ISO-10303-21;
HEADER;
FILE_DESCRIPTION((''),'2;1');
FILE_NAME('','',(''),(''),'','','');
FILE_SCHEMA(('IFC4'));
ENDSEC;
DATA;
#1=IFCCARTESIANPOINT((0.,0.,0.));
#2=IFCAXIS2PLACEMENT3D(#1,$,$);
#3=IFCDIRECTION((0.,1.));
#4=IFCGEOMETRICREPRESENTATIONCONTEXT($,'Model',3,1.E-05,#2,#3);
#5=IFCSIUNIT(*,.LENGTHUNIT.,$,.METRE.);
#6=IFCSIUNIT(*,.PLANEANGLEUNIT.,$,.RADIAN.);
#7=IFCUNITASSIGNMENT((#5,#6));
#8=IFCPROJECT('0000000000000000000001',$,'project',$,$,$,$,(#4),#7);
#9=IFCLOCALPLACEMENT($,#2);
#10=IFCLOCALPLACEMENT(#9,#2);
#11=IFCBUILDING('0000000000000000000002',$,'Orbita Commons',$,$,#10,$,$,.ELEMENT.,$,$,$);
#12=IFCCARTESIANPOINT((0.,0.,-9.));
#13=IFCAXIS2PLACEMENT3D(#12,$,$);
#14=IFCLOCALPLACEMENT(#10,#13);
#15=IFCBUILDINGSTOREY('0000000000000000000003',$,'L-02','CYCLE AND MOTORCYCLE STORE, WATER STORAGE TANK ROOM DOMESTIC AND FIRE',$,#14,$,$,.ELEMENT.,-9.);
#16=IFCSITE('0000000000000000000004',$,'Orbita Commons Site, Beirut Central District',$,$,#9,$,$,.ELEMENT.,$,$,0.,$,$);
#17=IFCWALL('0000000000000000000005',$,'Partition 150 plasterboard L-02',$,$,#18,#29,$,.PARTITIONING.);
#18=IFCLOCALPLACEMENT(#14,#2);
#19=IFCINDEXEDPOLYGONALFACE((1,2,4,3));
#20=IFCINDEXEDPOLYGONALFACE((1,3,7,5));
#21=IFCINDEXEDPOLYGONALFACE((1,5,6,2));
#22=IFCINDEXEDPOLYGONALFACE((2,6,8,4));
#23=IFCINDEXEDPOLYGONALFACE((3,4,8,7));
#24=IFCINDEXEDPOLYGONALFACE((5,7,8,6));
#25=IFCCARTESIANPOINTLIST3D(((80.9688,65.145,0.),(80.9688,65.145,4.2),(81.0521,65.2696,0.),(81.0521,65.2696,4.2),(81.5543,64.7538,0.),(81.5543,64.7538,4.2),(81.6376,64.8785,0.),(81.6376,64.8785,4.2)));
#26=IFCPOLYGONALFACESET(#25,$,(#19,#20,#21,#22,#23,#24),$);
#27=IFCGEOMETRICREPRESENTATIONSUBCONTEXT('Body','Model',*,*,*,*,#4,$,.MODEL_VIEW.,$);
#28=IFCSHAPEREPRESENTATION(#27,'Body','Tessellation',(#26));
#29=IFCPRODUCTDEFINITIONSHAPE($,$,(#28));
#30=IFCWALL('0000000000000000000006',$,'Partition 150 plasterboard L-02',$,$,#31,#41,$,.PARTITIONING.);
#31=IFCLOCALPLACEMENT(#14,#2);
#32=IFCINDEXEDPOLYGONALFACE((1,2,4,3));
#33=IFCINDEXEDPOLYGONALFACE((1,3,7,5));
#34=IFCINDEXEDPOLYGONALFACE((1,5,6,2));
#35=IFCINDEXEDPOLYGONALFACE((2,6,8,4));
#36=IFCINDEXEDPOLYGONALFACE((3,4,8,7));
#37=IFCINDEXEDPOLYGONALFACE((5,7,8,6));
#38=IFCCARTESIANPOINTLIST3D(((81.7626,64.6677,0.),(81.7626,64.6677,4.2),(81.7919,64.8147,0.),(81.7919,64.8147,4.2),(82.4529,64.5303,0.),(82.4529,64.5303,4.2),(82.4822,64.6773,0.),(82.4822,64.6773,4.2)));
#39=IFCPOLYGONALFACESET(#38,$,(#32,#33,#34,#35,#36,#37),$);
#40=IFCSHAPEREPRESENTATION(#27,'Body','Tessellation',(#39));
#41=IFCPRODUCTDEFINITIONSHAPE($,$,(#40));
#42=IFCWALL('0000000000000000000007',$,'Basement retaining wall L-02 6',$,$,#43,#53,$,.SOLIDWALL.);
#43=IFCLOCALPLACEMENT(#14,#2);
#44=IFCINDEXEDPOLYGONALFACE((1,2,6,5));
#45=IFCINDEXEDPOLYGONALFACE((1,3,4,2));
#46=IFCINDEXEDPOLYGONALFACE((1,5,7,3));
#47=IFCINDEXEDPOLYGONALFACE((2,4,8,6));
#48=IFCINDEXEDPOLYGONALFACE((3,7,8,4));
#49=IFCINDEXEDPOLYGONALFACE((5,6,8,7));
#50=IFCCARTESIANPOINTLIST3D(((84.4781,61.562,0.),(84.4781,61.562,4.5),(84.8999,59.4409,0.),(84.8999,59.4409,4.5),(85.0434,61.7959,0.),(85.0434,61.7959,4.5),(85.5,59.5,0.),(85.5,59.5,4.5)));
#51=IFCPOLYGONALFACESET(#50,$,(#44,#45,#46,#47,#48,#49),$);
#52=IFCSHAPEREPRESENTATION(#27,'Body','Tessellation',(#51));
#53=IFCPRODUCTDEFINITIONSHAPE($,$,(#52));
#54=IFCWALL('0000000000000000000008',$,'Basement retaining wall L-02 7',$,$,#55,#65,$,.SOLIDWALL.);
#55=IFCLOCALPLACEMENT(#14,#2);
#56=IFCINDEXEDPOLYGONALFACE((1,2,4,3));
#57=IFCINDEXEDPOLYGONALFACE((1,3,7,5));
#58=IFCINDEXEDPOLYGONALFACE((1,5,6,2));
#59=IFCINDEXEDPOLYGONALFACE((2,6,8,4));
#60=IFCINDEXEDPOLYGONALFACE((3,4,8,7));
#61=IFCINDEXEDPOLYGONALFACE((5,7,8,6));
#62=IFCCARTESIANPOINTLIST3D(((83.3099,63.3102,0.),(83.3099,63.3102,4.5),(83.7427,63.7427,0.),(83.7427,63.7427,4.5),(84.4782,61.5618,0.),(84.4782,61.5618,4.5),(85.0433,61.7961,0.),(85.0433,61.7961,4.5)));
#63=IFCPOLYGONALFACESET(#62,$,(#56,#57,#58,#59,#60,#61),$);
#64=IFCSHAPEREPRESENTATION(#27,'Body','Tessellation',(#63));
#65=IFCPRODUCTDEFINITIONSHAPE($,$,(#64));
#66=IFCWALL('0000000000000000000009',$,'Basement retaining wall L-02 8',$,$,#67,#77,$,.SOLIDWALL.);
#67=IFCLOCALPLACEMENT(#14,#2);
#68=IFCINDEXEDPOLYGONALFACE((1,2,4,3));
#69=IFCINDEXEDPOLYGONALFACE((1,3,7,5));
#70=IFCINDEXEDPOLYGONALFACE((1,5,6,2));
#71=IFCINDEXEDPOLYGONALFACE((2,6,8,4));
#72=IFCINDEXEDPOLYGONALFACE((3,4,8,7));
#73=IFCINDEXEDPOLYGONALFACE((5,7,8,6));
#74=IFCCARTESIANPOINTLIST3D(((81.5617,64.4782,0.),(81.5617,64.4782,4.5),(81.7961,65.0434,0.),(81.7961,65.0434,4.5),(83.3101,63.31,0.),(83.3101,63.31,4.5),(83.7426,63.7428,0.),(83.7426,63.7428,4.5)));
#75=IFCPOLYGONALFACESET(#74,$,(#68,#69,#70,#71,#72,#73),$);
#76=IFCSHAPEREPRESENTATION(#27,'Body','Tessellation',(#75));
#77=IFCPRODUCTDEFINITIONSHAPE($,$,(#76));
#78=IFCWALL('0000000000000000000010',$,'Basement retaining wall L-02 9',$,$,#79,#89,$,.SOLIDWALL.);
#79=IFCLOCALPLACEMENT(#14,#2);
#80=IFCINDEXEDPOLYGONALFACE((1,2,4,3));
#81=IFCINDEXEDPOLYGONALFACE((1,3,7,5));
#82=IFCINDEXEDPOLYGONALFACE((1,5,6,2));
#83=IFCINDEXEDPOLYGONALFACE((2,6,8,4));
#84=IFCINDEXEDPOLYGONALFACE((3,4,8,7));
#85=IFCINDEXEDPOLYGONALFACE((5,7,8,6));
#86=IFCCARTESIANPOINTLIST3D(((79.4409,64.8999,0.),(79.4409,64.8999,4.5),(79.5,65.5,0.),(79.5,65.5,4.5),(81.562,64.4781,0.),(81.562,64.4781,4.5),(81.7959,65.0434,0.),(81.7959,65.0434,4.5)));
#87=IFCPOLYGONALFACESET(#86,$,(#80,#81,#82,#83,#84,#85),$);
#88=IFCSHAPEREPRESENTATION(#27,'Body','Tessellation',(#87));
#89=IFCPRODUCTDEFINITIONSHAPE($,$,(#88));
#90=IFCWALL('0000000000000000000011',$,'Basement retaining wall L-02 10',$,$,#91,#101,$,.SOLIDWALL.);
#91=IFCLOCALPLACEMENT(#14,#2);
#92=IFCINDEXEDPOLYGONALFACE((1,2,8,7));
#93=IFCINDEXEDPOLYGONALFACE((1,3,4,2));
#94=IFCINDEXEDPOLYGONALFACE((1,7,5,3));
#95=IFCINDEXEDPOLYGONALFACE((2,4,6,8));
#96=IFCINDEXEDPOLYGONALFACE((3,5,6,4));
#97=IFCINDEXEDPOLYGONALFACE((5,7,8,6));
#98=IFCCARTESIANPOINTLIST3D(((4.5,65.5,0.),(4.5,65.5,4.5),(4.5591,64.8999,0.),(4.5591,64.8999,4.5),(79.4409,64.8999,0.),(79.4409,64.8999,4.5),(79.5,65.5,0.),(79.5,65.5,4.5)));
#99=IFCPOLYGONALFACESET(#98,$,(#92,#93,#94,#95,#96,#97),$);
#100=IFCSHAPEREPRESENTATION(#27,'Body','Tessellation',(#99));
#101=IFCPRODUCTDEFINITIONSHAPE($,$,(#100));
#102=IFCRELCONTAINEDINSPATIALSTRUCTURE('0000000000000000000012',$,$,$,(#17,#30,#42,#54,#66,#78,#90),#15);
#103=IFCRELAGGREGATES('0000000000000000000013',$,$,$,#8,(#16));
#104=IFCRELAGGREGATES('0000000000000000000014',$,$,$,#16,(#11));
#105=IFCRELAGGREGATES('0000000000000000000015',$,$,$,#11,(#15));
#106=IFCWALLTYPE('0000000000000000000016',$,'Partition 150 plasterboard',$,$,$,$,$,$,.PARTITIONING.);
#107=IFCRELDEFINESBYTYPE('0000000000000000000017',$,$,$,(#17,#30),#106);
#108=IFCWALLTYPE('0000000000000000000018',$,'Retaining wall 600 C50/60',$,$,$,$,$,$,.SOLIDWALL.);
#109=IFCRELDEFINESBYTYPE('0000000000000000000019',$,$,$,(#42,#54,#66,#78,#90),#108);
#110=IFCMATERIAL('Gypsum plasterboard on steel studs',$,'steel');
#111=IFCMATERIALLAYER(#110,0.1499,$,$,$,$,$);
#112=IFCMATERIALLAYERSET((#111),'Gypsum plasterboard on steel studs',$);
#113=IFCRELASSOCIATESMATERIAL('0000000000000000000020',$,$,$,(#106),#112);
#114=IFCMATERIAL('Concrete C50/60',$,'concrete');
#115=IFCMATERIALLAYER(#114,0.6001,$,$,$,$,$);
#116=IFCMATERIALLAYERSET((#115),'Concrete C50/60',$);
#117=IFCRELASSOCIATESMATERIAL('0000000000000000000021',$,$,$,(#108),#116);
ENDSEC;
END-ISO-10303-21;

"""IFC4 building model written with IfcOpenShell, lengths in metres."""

from ifc_helpers import new_model, si_unit, direction, frame, frame_2d, origin, place, context, subcontext, project, spatial, polyline, rectangle, outline, extrude, material, layer, layer_set, type_object, element, save


model = new_model("IFC4")

# Units and contexts
model_context = context("Model", 3, precision=1e-05, world=origin(), true_north=direction((0.0, 1.0)))
body_context = subcontext(model_context, "Body", "Model", "MODEL_VIEW")
ifc_project = project(units=[si_unit("LENGTHUNIT", "METRE"), si_unit("PLANEANGLEUNIT", "RADIAN")], contexts=[model_context])

# Site, building, storey
site_placement = place(None, origin())
site = spatial("IfcSite", under=ifc_project, at=site_placement, Name="Orbita Commons Site, Beirut Central District", CompositionType="ELEMENT", RefElevation=0.0)
building_placement = place(site_placement, origin())
building = spatial("IfcBuilding", under=site, at=building_placement, Name="Orbita Commons", CompositionType="ELEMENT")
storey_placement = place(building_placement, frame((0.0, 0.0, -9.0)))
storey = spatial("IfcBuildingStorey", under=building, at=storey_placement, Name="L-02", Description="CYCLE AND MOTORCYCLE STORE, WATER STORAGE TANK ROOM DOMESTIC AND FIRE", CompositionType="ELEMENT", Elevation=-9.0)

# Walls
ifc_material_1 = material(Name="Gypsum plasterboard on steel studs", Category="steel")
ifc_layer_1 = layer(ifc_material_1, 0.1499)
ifc_layer_set_1 = layer_set([ifc_layer_1], Name="Gypsum plasterboard on steel studs")
wall_type_1 = type_object("IfcWallType", Name="Partition 150 plasterboard", PredefinedType="PARTITIONING", material=ifc_layer_set_1)
wall_1_placement = place(storey_placement, frame((81.5959, 64.8162, 0.0), z_axis=(0.0, 0.0, 1.0), x_axis=(-0.831516, 0.5555, 0.0)))
element("IfcWall", 1, at=wall_1_placement, inside=storey, type_object=wall_type_1, Name="Partition 150 plasterboard L-02", PredefinedType="PARTITIONING", context=body_context, shape_type="SweptSolid", body=[
    extrude(rectangle(XDim=0.7041, YDim=0.1499, at=frame_2d((0.3521, 0.0))), origin(), (0.0, 0.0, 1.0), 4.2),
])
wall_2_placement = place(storey_placement, frame((81.7771, 64.7412, 0.0), z_axis=(0.0, 0.0, 1.0), x_axis=(0.980754, -0.195249, 0.0)))
element("IfcWall", 2, at=wall_2_placement, inside=storey, type_object=wall_type_1, Name="Partition 150 plasterboard L-02", PredefinedType="PARTITIONING", context=body_context, shape_type="SweptSolid", body=[
    extrude(rectangle(XDim=0.7039, YDim=0.1499, at=frame_2d((0.3521, 0.0))), origin(), (0.0, 0.0, 1.0), 4.2),
])
ifc_material_2 = material(Name="Concrete C50/60", Category="concrete")
ifc_layer_2 = layer(ifc_material_2, 0.6001)
ifc_layer_set_2 = layer_set([ifc_layer_2], Name="Concrete C50/60")
wall_type_2 = type_object("IfcWallType", Name="Retaining wall 600 C50/60", PredefinedType="SOLIDWALL", material=ifc_layer_set_2)
wall_3_placement = place(storey_placement, frame((85.2, 59.4705, 0.0), z_axis=(0.0, 0.0, 1.0), x_axis=(-0.195053, 0.980793, 0.0)))
element("IfcWall", 3, at=wall_3_placement, inside=storey, type_object=wall_type_2, Name="Basement retaining wall L-02 6", PredefinedType="SOLIDWALL", context=body_context, shape_type="SweptSolid", body=[
    extrude(outline(polyline([(-0.0295, -0.3), (2.3113, -0.3), (2.1921, 0.3), (0.0295, 0.3), (-0.0295, -0.3)])), origin(), (0.0, 0.0, 1.0), 4.5),
])
for number, where, z_axis, x_axis, name in (
    (4, (84.7607, 61.679, 0.0), (0.0, 0.0, 1.0), (-0.555562, 0.831475, 0.0), "Basement retaining wall L-02 7"),
    (5, (83.5264, 63.5264, 0.0), (0.0, 0.0, 1.0), (-0.831475, 0.555562, 0.0), "Basement retaining wall L-02 8"),
):
    element("IfcWall", number, at=place(storey_placement, frame(where, z_axis=z_axis, x_axis=x_axis)), inside=storey, type_object=wall_type_2, Name=name, PredefinedType="SOLIDWALL", context=body_context, shape_type="SweptSolid", body=[
        extrude(outline(polyline([(-0.0596, -0.3), (2.2815, -0.3), (2.1624, 0.3), (0.0596, 0.3), (-0.0596, -0.3)])), origin(), (0.0, 0.0, 1.0), 4.5),
    ])
wall_4_placement = place(storey_placement, frame((81.679, 64.7607, 0.0), z_axis=(0.0, 0.0, 1.0), x_axis=(-0.980793, 0.195053, 0.0)))
element("IfcWall", 6, at=wall_4_placement, inside=storey, type_object=wall_type_2, Name="Basement retaining wall L-02 9", PredefinedType="SOLIDWALL", context=body_context, shape_type="SweptSolid", body=[
    extrude(outline(polyline([(-0.0596, -0.3), (2.2812, -0.3), (2.2222, 0.3), (0.0596, 0.3), (-0.0596, -0.3)])), origin(), (0.0, 0.0, 1.0), 4.5),
])
wall_5_placement = place(storey_placement, frame((79.4705, 65.2, 0.0), z_axis=(0.0, 0.0, 1.0), x_axis=(-1.0, 0.0, 0.0)))
element("IfcWall", 7, at=wall_5_placement, inside=storey, type_object=wall_type_2, Name="Basement retaining wall L-02 10", PredefinedType="SOLIDWALL", context=body_context, shape_type="SweptSolid", body=[
    extrude(outline(polyline([(-0.0295, -0.3), (74.9705, -0.3), (74.9114, 0.3), (0.0295, 0.3), (-0.0295, -0.3)])), origin(), (0.0, 0.0, 1.0), 4.5),
])

save(model, "model.ifc")
